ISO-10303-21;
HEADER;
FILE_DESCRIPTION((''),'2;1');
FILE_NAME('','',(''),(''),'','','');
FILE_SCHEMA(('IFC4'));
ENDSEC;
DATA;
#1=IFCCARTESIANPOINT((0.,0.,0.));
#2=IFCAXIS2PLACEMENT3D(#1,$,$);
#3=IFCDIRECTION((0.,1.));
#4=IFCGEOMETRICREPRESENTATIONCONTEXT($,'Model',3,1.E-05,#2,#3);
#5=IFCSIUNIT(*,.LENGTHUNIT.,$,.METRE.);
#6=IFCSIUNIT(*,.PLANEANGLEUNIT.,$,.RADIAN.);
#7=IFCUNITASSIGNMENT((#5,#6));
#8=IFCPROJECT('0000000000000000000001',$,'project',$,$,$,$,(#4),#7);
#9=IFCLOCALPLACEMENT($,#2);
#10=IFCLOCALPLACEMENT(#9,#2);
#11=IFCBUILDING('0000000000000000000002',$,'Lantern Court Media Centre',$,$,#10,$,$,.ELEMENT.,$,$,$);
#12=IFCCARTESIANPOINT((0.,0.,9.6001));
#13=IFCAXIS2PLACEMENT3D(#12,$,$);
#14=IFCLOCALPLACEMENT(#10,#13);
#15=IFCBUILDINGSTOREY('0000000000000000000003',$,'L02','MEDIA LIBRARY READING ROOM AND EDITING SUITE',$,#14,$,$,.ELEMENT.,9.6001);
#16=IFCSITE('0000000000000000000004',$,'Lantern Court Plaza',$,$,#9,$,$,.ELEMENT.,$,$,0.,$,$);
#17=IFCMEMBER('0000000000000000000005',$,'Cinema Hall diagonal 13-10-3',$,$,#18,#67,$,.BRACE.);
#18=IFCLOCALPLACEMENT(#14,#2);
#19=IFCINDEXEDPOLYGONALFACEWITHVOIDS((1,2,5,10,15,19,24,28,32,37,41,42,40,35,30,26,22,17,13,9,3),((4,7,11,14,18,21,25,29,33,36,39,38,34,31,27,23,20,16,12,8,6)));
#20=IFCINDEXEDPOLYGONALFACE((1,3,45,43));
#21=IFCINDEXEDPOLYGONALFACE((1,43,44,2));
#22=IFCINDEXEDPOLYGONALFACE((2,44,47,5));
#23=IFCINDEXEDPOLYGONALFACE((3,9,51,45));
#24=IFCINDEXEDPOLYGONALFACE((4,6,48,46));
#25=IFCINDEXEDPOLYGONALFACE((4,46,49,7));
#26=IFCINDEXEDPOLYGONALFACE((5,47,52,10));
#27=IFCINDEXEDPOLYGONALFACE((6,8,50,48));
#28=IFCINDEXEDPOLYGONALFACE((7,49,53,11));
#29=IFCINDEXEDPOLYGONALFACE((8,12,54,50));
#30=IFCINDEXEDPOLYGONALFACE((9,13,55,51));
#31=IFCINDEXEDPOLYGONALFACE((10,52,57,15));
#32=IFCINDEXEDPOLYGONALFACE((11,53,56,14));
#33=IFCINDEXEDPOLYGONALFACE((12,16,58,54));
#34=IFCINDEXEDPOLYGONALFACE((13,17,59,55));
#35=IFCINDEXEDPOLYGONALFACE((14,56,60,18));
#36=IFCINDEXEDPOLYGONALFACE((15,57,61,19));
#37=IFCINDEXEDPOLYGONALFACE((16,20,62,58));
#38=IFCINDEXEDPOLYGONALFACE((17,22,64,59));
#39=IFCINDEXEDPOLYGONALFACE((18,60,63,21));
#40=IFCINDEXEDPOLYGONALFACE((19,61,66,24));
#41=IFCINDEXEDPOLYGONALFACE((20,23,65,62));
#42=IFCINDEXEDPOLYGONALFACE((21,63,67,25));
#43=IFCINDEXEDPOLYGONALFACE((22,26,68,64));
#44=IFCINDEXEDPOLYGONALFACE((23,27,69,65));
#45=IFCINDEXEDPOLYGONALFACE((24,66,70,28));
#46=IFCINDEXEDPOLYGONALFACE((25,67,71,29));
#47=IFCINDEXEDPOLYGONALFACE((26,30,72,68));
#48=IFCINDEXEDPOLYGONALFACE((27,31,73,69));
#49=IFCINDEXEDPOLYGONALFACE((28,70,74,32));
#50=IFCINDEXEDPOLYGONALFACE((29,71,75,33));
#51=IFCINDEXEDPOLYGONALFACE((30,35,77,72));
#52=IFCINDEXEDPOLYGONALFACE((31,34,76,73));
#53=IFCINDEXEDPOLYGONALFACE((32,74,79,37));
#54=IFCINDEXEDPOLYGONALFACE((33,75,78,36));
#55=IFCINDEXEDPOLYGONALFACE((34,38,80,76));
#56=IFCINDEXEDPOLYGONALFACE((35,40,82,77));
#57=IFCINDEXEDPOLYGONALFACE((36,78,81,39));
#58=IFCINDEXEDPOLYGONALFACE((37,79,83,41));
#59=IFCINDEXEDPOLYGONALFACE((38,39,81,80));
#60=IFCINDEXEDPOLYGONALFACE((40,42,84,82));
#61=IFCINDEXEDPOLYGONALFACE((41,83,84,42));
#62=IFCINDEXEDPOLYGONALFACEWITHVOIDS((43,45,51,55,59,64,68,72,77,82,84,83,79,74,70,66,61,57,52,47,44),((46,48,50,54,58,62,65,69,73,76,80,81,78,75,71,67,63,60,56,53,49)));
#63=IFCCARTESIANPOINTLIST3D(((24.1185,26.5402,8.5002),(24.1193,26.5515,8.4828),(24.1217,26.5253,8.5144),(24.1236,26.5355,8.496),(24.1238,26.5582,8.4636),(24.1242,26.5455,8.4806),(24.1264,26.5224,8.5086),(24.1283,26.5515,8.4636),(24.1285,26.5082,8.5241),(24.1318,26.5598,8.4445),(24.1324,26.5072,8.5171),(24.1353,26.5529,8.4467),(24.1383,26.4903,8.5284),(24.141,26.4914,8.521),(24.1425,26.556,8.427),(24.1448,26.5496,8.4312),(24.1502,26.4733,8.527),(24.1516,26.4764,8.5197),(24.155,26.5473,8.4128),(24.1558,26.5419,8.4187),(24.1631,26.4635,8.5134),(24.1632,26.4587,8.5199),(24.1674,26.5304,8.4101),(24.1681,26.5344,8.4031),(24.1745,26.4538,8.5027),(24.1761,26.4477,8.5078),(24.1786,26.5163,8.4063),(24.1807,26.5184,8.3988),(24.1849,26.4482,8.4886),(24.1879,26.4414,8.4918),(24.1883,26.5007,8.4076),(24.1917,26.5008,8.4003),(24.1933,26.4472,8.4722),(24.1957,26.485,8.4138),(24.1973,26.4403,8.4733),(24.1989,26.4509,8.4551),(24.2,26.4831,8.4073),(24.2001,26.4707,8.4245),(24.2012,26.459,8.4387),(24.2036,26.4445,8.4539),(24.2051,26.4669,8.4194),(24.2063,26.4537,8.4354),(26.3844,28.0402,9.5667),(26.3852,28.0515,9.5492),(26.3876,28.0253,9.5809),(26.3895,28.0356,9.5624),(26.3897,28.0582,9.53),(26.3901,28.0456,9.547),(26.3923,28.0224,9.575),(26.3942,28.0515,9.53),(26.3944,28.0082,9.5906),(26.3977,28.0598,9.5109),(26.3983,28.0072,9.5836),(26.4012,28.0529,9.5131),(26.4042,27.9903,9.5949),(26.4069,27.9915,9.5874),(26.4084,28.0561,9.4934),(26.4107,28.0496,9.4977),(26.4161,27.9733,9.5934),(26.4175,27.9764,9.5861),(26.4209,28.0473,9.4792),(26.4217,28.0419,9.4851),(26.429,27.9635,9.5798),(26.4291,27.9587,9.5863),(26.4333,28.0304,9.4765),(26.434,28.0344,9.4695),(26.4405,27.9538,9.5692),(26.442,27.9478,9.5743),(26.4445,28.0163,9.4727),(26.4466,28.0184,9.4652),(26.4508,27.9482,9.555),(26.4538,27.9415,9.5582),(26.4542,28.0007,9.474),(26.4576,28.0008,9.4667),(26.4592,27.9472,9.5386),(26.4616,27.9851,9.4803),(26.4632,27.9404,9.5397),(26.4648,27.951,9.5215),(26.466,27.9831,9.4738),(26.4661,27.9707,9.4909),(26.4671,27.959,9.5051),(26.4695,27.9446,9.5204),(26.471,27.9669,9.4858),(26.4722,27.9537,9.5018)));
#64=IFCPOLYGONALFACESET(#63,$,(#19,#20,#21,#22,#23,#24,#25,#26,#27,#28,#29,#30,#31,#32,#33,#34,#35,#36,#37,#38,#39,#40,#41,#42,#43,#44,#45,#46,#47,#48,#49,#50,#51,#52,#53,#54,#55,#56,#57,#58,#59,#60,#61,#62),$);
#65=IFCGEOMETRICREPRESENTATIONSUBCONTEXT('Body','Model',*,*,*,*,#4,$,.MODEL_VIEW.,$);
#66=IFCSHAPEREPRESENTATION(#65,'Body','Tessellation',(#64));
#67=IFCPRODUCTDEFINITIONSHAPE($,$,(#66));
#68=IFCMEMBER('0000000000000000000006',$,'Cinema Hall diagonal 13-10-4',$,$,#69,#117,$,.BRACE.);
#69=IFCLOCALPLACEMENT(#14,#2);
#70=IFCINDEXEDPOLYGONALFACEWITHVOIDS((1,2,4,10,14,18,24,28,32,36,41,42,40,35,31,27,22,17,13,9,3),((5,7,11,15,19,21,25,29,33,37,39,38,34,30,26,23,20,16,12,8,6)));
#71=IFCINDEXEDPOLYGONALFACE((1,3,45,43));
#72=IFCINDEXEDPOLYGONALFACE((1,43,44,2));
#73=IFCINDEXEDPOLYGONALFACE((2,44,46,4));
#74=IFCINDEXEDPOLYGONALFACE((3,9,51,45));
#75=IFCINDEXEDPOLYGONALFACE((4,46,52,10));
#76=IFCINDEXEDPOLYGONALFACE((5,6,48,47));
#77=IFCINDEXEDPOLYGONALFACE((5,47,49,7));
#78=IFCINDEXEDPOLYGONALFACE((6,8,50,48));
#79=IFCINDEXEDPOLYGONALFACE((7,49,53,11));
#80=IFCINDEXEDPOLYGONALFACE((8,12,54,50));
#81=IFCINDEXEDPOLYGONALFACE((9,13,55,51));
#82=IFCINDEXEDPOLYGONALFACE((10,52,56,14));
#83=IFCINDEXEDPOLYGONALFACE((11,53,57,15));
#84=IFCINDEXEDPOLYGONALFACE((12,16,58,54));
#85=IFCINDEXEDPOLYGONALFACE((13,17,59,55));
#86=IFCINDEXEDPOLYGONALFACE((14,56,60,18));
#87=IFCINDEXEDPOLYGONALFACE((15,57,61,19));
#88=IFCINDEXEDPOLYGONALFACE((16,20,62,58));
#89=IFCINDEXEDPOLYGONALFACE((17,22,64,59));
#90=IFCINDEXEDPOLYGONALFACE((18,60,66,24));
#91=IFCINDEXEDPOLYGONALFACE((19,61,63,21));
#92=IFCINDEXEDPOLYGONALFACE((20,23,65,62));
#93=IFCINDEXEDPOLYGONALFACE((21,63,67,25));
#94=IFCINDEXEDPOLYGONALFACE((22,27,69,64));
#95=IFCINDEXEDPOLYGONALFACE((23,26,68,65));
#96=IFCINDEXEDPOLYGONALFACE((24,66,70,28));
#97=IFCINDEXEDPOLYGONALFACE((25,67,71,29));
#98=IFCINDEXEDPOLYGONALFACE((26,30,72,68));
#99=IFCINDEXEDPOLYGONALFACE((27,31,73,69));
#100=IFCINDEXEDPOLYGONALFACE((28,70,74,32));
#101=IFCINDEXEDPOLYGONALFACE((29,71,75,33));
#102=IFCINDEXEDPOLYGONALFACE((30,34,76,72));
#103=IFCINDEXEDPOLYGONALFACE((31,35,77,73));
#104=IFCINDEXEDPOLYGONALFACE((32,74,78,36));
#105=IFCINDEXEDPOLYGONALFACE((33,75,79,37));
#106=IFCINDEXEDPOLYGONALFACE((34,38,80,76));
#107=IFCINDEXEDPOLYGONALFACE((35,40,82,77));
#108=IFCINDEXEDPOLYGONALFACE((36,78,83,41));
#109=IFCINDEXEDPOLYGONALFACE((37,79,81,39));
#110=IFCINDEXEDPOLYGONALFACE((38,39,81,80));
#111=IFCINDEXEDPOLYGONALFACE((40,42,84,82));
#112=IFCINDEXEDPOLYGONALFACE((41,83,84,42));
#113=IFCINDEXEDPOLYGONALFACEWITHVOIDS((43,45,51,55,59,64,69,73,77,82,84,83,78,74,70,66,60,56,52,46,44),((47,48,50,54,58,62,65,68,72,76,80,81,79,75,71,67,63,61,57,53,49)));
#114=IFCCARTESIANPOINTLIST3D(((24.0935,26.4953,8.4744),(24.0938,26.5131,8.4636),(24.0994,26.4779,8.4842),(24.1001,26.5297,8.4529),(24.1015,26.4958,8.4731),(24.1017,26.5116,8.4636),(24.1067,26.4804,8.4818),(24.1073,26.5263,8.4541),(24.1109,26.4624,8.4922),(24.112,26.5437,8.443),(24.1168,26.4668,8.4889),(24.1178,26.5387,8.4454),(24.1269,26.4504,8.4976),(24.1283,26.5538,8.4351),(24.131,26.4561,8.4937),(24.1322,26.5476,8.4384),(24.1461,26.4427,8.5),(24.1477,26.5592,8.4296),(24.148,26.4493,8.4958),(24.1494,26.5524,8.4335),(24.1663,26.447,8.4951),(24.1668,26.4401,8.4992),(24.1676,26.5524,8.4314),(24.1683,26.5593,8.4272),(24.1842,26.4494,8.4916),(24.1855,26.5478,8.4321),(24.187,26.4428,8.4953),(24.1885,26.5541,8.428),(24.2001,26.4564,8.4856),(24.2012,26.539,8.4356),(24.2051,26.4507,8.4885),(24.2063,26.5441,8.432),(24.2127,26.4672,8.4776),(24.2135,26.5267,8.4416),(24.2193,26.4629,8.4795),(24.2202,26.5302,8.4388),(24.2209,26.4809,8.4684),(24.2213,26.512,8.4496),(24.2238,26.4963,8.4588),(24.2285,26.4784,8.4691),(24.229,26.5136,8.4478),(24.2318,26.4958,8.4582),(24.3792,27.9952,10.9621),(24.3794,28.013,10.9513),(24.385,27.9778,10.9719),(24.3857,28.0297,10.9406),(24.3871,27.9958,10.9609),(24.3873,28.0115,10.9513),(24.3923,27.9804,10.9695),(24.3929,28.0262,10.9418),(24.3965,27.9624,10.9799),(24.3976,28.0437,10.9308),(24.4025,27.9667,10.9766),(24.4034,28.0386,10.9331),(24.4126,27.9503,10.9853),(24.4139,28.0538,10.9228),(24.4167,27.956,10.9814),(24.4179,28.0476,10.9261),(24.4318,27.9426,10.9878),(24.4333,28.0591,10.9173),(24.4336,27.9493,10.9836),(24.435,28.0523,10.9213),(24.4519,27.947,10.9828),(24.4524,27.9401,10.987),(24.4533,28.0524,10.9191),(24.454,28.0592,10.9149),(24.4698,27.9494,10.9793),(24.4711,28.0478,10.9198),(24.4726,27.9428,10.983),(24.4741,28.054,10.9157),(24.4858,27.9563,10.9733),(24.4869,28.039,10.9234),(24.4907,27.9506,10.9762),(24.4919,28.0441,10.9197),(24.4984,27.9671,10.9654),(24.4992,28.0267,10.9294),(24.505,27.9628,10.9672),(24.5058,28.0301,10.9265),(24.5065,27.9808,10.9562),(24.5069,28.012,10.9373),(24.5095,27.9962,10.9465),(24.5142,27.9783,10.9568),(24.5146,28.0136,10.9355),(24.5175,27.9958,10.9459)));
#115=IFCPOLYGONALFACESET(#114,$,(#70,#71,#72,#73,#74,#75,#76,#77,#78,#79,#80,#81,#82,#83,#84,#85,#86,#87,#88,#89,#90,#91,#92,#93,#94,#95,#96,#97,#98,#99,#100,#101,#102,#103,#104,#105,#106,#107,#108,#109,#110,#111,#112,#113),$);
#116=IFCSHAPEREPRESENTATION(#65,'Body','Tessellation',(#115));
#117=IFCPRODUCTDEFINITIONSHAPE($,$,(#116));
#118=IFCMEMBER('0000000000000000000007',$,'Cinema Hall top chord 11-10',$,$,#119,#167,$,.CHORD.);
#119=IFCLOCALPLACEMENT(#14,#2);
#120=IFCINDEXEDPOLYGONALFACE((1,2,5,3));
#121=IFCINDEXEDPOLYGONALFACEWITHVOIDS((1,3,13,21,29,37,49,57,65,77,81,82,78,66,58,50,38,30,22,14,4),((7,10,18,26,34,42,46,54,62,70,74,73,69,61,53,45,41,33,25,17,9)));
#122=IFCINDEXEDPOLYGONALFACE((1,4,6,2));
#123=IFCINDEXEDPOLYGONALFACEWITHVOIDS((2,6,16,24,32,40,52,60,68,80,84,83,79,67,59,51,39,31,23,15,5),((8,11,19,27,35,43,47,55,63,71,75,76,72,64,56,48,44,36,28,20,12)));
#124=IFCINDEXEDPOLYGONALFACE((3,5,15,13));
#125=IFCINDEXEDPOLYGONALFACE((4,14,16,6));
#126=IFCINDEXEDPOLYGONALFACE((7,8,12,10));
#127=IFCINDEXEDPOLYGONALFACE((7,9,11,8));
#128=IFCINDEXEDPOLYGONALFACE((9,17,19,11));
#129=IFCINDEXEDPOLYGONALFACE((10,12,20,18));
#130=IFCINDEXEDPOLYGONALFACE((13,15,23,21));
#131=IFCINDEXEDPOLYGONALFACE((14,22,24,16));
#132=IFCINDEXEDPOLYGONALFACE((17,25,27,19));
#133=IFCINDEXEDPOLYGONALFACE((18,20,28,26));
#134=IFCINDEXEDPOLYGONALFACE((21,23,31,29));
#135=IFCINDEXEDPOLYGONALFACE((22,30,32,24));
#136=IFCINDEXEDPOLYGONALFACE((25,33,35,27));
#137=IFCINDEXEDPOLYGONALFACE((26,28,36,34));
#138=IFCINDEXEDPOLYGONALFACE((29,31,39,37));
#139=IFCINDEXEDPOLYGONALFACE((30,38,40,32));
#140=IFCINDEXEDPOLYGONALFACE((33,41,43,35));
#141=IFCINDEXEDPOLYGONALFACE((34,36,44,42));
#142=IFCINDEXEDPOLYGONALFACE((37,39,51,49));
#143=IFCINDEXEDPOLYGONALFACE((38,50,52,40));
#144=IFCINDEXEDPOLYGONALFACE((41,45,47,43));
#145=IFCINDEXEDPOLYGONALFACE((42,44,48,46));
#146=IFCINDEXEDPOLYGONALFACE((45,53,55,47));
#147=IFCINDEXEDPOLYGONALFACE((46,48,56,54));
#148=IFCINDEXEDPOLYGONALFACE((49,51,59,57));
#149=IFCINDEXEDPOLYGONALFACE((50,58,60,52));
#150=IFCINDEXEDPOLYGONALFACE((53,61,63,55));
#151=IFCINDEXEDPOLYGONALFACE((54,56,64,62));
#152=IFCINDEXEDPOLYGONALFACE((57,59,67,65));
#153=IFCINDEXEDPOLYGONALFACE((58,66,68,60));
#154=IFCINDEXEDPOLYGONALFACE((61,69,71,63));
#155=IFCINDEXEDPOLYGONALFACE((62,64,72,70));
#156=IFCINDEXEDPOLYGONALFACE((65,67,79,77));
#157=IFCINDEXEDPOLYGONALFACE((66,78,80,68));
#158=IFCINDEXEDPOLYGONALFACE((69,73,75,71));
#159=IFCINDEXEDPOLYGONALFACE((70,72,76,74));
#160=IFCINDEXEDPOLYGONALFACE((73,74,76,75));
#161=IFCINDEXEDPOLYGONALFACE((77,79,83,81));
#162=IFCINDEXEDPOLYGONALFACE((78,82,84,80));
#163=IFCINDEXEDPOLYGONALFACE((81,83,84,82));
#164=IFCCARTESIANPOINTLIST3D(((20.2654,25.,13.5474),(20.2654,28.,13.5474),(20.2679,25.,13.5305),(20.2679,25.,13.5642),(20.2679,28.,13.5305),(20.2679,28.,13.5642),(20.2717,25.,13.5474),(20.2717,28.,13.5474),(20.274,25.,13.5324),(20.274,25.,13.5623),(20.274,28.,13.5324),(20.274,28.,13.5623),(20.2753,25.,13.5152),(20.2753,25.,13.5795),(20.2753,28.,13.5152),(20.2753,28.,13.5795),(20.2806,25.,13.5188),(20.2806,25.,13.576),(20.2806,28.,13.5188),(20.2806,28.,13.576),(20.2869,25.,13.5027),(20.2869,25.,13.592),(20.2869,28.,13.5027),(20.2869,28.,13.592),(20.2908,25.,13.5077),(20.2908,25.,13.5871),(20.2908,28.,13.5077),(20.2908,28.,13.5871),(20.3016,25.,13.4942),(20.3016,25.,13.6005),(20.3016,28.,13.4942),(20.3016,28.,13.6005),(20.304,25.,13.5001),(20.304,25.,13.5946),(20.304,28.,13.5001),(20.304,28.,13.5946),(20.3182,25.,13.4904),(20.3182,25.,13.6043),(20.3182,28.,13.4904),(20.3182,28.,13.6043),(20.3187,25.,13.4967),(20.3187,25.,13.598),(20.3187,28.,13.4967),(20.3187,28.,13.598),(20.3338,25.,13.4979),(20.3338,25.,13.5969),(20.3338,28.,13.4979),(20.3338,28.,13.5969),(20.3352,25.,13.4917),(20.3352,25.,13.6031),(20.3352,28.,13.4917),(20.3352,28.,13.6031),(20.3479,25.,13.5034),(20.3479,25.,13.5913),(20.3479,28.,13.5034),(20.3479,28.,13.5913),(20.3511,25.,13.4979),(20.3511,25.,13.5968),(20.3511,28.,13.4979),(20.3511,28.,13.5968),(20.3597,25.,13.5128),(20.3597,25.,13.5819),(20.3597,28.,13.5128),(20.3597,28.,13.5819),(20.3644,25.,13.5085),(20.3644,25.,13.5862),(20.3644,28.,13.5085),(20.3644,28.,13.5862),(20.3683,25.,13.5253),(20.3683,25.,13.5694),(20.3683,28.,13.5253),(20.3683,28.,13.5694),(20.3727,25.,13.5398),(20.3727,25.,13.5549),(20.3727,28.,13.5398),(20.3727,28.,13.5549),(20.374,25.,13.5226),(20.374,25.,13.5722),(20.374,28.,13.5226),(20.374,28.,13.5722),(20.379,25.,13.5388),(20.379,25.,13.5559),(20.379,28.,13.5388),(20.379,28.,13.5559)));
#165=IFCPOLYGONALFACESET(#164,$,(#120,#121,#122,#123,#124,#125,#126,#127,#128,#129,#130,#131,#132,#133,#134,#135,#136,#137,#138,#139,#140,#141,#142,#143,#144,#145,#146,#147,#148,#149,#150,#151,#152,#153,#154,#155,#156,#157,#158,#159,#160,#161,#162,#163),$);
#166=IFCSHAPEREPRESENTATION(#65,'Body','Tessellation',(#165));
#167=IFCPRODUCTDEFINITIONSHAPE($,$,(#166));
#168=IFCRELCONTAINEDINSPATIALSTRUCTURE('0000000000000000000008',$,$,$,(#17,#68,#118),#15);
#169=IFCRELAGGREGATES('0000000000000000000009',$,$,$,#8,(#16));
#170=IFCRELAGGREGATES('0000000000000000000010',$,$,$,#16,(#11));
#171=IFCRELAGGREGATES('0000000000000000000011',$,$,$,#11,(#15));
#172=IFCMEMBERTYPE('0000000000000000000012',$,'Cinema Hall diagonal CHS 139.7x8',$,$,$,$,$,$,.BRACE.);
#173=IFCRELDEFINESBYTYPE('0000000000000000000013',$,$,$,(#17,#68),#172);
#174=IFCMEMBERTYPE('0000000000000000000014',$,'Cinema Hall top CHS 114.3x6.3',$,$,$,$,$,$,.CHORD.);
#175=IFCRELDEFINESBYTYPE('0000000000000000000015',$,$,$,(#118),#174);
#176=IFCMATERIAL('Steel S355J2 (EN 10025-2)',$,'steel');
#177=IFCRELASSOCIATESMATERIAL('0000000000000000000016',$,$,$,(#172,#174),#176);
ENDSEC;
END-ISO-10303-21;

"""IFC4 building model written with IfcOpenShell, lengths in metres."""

from ifc_helpers import new_model, si_unit, direction, frame, origin, origin_2d, place, context, subcontext, project, spatial, hollow_circle, extrude, material, material_profile, profile_set, type_object, element, save


model = new_model("IFC4")

# Units and contexts
model_context = context("Model", 3, precision=1e-05, world=origin(), true_north=direction((0.0, 1.0)))
body_context = subcontext(model_context, "Body", "Model", "MODEL_VIEW")
ifc_project = project(units=[si_unit("LENGTHUNIT", "METRE"), si_unit("PLANEANGLEUNIT", "RADIAN")], contexts=[model_context])

# Site, building, storey
site_placement = place(None, origin())
site = spatial("IfcSite", under=ifc_project, at=site_placement, Name="Lantern Court Plaza", CompositionType="ELEMENT", RefElevation=0.0)
building_placement = place(site_placement, origin())
building = spatial("IfcBuilding", under=site, at=building_placement, Name="Lantern Court Media Centre", CompositionType="ELEMENT")
storey_placement = place(building_placement, frame((0.0, 0.0, 9.6001)))
storey = spatial("IfcBuildingStorey", under=building, at=storey_placement, Name="L02", Description="MEDIA LIBRARY READING ROOM AND EDITING SUITE", CompositionType="ELEMENT", Elevation=9.6001)

# Members
ifc_material = material(Name="Steel S355J2 (EN 10025-2)", Category="steel")
ifc_material_profile_1 = material_profile(ifc_material, hollow_circle(Radius=0.0698, WallThickness=0.0081, at=origin_2d()), Name="Cinema Hall diagonal CHS 139.7x8")
ifc_profile_set_1 = profile_set([ifc_material_profile_1], Name="Steel S355J2 (EN 10025-2)")
member_type_1 = type_object("IfcMemberType", Name="Cinema Hall diagonal CHS 139.7x8", PredefinedType="BRACE", material=ifc_profile_set_1)
member_1_placement = place(storey_placement, frame((24.1624, 26.5, 8.4636), z_axis=(0.776211, 0.51385, 0.365315), x_axis=(-0.552002, 0.833843, 0.0)))
element("IfcMember", 1, at=member_1_placement, inside=storey, type_object=member_type_1, Name="Cinema Hall diagonal 13-10-3", PredefinedType="BRACE", context=body_context, shape_type="SweptSolid", body=[
    extrude(hollow_circle(Radius=0.0698, WallThickness=0.0081, at=origin_2d()), origin(), (0.0, 0.0, 1.0), 2.9192),
])
member_2_placement = place(storey_placement, frame((24.1624, 26.5, 8.4636), z_axis=(0.097856, 0.51387, 0.852268), x_axis=(-0.982347, 0.187068, 0.0)))
element("IfcMember", 2, at=member_2_placement, inside=storey, type_object=member_type_1, Name="Cinema Hall diagonal 13-10-4", PredefinedType="BRACE", context=body_context, shape_type="SweptSolid", body=[
    extrude(hollow_circle(Radius=0.0698, WallThickness=0.0081, at=origin_2d()), origin(), (0.0, 0.0, 1.0), 2.9189),
])
ifc_material_profile_2 = material_profile(ifc_material, hollow_circle(Radius=0.0571, WallThickness=0.0063, at=origin_2d()), Name="Cinema Hall top CHS 114.3x6.3")
ifc_profile_set_2 = profile_set([ifc_material_profile_2], Name="Steel S355J2 (EN 10025-2)")
member_type_2 = type_object("IfcMemberType", Name="Cinema Hall top CHS 114.3x6.3", PredefinedType="CHORD", material=ifc_profile_set_2)
for number, where, z_axis, x_axis, name in (
    (3, (20.3225, 25.0, 13.5474), (0.0, 1.0, 0.0), (-1.0, 0.0, 0.0), "Cinema Hall top chord 11-10"),
):
    element("IfcMember", number, at=place(storey_placement, frame(where, z_axis=z_axis, x_axis=x_axis)), inside=storey, type_object=member_type_2, Name=name, PredefinedType="CHORD", context=body_context, shape_type="SweptSolid", body=[
        extrude(hollow_circle(Radius=0.0571, WallThickness=0.0063, at=origin_2d()), origin(), (0.0, 0.0, 1.0), 3.0),
    ])

save(model, "model.ifc")
